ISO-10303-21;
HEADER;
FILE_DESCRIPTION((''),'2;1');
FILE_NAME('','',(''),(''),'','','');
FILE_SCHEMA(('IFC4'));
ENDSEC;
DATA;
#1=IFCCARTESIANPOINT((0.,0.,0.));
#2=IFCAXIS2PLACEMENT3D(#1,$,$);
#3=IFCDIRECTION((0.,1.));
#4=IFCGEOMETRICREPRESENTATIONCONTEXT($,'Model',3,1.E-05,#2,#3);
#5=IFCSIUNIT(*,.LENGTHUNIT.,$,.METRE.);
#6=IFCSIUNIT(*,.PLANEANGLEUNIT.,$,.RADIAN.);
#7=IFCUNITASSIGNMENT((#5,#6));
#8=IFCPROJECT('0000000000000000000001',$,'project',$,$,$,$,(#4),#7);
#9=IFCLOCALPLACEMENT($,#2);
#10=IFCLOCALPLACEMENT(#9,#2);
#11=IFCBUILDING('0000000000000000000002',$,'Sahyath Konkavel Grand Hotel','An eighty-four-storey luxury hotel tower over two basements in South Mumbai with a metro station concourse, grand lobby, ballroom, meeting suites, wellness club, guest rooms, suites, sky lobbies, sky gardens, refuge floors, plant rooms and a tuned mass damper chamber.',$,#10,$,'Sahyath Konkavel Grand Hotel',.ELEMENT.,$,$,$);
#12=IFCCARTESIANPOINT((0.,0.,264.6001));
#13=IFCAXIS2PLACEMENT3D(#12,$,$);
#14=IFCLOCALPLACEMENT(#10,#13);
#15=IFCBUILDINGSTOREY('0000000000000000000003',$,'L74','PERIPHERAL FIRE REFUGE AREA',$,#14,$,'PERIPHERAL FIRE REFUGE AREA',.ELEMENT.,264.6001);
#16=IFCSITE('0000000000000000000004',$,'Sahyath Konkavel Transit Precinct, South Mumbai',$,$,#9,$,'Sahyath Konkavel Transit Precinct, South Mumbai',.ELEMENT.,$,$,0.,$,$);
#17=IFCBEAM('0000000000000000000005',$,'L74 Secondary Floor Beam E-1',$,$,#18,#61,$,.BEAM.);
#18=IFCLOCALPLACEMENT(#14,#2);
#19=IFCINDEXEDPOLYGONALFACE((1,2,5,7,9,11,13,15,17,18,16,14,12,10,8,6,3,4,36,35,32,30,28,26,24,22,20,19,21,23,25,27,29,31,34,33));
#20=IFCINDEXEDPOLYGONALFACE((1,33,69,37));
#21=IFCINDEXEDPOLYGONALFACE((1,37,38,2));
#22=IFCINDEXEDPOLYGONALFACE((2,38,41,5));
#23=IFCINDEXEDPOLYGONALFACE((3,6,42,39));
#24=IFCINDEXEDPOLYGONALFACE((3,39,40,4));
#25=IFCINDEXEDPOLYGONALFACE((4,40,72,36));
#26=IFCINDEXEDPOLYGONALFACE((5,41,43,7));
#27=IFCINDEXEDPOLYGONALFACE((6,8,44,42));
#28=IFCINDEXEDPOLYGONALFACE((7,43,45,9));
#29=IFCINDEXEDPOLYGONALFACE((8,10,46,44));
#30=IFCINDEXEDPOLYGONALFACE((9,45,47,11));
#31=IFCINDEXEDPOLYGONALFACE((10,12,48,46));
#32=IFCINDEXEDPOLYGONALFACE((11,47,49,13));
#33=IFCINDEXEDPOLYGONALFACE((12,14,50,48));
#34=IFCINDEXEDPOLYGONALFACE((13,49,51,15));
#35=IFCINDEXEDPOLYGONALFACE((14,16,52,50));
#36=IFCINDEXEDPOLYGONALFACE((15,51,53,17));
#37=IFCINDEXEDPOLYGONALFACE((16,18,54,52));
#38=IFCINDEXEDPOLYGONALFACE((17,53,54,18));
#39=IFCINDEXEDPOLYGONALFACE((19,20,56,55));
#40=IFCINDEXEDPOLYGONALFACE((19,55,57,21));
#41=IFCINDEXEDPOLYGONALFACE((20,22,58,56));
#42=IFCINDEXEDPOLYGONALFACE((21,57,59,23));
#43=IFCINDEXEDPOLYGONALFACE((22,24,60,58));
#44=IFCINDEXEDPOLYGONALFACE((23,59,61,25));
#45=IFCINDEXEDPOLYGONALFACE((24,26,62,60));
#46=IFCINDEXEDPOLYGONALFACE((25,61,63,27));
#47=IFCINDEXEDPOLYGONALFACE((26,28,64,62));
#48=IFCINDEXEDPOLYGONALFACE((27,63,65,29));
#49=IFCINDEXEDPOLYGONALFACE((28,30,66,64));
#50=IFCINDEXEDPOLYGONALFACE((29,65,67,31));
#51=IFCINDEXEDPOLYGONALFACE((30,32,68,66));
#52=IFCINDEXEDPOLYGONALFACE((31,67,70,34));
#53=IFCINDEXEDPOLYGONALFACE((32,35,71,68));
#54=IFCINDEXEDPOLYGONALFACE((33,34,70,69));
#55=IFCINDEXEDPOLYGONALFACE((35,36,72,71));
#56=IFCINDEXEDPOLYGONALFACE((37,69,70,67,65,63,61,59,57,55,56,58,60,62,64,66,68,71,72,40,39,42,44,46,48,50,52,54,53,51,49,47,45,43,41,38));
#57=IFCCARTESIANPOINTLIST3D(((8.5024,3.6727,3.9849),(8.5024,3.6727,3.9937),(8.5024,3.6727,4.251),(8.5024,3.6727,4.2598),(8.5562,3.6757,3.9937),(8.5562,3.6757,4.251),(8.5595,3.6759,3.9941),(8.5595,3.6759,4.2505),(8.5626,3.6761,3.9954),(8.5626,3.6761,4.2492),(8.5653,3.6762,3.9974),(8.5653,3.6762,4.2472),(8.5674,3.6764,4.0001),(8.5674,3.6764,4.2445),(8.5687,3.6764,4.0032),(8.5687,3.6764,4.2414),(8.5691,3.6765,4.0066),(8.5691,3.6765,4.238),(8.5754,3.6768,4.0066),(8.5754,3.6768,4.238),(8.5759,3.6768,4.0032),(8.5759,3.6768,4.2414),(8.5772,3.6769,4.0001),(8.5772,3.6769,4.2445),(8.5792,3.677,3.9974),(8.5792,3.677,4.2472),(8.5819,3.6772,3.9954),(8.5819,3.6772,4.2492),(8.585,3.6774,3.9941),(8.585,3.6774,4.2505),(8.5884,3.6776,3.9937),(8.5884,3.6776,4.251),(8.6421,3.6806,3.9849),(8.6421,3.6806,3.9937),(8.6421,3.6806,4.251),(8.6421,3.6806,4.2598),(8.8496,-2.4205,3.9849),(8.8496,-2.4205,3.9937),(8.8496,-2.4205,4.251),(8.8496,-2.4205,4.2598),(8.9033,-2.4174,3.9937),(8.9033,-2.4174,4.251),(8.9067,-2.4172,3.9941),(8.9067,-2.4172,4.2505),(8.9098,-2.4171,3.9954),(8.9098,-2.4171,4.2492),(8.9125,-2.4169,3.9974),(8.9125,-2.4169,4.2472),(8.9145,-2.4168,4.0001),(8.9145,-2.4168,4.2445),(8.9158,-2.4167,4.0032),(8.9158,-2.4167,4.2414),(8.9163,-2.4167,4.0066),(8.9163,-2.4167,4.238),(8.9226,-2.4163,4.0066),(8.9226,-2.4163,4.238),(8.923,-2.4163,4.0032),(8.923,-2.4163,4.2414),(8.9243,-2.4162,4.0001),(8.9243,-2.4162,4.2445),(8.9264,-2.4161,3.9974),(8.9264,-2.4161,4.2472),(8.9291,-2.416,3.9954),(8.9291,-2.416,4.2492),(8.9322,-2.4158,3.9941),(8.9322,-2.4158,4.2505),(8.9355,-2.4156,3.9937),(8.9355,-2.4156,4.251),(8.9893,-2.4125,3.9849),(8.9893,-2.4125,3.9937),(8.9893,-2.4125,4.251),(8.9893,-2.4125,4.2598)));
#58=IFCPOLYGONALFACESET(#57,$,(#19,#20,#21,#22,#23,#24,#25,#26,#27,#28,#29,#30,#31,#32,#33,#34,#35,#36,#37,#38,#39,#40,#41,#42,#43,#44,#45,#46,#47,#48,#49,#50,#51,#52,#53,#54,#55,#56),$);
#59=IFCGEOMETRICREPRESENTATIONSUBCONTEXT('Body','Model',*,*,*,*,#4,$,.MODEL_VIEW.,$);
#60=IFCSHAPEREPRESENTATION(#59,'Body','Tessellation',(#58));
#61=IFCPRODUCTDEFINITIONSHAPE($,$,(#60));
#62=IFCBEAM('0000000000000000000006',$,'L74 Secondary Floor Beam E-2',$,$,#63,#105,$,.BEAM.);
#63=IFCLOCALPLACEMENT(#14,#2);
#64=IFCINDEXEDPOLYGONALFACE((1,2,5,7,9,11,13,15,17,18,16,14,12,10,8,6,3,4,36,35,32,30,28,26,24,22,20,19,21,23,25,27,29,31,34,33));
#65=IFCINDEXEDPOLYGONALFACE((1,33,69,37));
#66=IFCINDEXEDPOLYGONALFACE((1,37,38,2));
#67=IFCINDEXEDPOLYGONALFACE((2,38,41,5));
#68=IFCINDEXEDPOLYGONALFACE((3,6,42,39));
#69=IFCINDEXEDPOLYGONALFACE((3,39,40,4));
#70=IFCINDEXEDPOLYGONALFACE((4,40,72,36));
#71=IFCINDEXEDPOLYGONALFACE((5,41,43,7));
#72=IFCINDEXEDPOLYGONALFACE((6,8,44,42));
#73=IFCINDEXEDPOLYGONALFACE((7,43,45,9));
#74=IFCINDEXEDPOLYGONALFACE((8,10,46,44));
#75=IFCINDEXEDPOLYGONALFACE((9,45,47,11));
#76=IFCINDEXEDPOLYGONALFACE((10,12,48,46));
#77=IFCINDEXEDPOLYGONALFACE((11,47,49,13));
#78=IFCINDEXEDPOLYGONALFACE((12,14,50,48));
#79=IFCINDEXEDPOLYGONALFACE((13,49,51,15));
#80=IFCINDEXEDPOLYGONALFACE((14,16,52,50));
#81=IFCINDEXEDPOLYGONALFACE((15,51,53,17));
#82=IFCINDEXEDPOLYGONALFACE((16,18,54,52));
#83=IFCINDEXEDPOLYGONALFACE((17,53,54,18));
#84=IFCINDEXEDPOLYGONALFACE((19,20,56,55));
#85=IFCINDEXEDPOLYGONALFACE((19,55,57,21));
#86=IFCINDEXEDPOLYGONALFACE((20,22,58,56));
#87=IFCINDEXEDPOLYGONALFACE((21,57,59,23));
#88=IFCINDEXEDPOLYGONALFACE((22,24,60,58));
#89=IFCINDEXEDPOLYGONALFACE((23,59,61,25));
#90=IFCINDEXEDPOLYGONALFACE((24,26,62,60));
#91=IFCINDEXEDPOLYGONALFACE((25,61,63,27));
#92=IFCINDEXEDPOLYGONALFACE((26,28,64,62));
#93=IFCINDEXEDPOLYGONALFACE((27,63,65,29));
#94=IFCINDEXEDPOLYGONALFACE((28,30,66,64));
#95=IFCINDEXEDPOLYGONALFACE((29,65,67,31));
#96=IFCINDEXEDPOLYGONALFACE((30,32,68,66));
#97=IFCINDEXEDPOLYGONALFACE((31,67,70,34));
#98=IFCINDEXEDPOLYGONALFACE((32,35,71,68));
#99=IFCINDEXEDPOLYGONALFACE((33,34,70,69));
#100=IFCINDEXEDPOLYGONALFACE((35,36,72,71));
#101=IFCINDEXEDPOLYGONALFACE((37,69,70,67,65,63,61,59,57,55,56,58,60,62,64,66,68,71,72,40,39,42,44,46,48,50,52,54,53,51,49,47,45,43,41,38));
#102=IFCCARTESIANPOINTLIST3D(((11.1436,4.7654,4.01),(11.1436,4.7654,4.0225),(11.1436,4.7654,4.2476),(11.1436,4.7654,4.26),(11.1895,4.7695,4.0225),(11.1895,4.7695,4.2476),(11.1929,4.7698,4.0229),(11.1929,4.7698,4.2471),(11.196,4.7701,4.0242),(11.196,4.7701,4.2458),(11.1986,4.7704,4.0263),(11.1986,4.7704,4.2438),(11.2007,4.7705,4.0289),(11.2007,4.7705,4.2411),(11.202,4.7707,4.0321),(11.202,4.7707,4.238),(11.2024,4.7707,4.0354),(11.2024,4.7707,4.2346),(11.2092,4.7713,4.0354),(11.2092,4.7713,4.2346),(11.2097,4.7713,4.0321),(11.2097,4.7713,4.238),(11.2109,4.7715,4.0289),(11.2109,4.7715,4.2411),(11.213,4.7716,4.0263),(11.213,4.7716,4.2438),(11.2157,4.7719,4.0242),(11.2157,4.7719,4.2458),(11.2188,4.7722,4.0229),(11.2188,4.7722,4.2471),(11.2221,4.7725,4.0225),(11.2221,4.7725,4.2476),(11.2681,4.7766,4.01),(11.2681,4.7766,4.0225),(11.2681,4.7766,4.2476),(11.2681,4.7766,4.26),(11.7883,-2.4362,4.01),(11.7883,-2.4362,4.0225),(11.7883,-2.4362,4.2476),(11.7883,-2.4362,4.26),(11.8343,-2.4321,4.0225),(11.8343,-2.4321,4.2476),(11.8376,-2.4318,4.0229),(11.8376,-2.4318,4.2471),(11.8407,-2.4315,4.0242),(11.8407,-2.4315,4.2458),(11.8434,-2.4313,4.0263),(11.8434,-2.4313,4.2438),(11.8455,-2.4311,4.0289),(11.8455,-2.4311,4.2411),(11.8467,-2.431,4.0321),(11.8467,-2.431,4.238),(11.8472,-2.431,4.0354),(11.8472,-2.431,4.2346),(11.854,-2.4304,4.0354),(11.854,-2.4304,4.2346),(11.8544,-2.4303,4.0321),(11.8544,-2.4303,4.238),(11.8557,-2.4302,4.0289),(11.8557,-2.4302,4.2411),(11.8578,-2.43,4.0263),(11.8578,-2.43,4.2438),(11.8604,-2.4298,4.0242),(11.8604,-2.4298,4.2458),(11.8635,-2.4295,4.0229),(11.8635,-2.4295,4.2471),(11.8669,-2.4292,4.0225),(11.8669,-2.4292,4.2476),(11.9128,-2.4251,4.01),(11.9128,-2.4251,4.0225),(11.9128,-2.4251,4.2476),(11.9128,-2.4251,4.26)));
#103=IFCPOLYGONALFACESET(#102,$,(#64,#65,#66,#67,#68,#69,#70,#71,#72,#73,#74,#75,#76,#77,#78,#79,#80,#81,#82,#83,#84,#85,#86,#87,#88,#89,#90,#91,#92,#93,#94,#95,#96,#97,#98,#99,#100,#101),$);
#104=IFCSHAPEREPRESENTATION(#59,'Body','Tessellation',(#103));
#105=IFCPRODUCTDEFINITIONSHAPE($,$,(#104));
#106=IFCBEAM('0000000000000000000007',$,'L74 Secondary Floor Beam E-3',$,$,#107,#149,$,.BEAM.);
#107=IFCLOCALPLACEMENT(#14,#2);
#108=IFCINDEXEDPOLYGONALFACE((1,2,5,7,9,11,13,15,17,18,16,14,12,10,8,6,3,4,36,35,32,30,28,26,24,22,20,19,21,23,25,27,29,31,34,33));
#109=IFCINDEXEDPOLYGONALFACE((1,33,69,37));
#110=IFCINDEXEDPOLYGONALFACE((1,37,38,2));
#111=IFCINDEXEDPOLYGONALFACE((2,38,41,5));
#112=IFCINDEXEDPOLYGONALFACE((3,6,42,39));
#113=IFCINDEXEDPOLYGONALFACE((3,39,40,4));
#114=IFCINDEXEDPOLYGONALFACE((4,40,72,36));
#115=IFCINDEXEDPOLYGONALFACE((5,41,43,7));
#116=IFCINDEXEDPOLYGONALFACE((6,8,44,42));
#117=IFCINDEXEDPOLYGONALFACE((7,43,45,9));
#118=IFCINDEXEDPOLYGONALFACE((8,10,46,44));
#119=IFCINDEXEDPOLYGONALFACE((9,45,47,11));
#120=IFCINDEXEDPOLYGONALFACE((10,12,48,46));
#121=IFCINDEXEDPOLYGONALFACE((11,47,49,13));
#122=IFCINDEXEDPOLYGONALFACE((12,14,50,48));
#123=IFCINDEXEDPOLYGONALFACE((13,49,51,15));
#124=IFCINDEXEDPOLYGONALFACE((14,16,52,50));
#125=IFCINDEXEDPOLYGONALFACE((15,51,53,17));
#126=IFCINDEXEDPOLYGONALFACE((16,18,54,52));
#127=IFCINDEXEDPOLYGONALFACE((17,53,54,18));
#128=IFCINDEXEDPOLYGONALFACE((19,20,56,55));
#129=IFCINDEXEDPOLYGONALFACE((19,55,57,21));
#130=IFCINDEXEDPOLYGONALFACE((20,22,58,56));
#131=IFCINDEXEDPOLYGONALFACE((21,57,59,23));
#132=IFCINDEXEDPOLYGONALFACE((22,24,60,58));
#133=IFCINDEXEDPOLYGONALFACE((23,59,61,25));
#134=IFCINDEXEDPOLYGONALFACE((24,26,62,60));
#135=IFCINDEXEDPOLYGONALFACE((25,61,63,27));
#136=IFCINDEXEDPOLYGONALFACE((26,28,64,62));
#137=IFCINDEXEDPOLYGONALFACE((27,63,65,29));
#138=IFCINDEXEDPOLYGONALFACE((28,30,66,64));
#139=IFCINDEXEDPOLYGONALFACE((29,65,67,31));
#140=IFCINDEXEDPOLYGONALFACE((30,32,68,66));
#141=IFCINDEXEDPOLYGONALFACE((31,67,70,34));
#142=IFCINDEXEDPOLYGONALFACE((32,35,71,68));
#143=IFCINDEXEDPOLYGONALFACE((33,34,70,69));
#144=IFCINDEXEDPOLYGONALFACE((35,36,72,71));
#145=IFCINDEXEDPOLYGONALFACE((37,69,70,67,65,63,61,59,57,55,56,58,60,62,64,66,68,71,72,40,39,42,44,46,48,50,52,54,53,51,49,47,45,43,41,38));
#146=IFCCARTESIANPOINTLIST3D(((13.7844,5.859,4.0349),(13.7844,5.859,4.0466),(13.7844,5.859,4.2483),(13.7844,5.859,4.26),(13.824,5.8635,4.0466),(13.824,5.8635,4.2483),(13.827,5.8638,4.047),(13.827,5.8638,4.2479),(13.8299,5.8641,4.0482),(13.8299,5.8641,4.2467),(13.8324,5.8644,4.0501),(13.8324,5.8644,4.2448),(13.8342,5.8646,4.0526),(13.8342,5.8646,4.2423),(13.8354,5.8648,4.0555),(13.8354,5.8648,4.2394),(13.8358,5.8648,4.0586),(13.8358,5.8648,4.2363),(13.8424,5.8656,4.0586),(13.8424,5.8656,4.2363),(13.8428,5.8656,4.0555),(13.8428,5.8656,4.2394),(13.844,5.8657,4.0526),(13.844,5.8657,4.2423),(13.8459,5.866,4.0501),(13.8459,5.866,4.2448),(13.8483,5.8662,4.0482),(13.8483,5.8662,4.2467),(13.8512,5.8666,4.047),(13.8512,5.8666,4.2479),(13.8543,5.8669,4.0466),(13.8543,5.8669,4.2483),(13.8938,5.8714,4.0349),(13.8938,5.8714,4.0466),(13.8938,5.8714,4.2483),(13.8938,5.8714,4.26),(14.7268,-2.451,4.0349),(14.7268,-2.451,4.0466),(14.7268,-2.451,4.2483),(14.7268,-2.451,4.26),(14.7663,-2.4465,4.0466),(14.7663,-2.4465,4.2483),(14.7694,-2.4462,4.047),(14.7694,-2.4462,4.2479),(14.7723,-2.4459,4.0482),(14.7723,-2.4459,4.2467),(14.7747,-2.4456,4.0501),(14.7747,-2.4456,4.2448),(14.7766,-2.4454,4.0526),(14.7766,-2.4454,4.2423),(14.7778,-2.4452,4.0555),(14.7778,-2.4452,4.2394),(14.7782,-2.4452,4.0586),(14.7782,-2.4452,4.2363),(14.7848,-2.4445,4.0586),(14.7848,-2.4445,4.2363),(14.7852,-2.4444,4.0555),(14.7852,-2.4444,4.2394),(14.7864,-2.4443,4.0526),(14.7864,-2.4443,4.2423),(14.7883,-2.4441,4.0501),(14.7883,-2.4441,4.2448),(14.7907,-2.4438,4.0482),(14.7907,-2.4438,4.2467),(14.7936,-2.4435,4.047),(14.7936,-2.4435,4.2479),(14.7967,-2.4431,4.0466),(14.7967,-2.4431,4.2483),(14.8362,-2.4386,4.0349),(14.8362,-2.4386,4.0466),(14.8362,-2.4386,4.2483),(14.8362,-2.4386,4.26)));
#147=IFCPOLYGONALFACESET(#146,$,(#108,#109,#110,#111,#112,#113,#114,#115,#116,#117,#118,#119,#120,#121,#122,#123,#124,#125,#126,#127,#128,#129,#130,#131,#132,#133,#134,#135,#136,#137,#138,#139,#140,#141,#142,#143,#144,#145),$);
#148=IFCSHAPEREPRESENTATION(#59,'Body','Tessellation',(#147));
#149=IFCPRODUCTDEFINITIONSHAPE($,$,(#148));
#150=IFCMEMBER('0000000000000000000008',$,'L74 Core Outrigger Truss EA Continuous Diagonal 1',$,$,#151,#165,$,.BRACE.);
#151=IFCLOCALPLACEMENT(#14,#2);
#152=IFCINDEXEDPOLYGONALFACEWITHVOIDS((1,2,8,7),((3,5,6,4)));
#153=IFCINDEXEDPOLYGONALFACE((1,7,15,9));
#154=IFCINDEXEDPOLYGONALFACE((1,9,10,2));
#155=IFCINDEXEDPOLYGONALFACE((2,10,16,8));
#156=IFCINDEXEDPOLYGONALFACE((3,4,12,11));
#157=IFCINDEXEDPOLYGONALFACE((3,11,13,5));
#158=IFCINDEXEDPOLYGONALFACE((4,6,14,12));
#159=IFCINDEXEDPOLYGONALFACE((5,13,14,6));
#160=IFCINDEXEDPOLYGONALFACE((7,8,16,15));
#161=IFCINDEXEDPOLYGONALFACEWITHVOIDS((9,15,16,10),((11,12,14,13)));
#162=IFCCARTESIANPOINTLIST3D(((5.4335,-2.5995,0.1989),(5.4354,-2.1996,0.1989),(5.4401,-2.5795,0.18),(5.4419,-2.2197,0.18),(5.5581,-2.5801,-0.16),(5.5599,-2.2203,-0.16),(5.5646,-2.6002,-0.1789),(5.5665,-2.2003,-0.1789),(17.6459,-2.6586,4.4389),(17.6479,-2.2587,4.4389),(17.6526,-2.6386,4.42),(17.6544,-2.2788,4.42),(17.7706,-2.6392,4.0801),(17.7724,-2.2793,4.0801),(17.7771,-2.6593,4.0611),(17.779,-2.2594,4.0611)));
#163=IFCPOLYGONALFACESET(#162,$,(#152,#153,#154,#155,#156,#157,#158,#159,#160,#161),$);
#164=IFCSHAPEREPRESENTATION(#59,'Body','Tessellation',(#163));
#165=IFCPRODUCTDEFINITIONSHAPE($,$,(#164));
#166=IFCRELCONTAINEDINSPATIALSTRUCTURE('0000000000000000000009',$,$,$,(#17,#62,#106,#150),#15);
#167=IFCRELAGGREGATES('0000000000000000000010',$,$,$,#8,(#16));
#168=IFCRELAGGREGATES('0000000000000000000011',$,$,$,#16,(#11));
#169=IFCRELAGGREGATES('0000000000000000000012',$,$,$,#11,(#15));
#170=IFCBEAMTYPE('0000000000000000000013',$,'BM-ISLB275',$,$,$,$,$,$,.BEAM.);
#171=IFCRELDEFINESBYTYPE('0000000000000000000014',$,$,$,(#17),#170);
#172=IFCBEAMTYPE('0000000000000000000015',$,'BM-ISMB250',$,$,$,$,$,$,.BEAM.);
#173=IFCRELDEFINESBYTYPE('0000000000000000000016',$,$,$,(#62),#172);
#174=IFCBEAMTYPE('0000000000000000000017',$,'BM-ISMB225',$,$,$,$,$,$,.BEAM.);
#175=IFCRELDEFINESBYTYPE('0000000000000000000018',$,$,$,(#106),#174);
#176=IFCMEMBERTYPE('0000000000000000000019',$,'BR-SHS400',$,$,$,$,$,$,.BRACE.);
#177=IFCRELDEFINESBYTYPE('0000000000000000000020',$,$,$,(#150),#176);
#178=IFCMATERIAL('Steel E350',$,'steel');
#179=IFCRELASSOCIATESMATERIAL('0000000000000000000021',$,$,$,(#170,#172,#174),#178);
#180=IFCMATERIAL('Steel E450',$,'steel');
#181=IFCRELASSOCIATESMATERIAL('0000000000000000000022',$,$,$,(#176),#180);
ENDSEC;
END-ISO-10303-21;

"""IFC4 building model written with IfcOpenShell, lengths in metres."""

from ifc_helpers import new_model, si_unit, direction, frame, origin, origin_2d, place, context, subcontext, project, spatial, hollow_rectangle, i_section, extrude, source, transform, mapped, material, material_profile, profile_set, type_object, element, save


model = new_model("IFC4")

# Units and contexts
model_context = context("Model", 3, precision=1e-05, world=origin(), true_north=direction((0.0, 1.0)))
body_context = subcontext(model_context, "Body", "Model", "MODEL_VIEW")
ifc_project = project(units=[si_unit("LENGTHUNIT", "METRE"), si_unit("PLANEANGLEUNIT", "RADIAN")], contexts=[model_context])

# Site, building, storey
site_placement = place(None, origin())
site = spatial("IfcSite", under=ifc_project, at=site_placement, Name="Sahyath Konkavel Transit Precinct, South Mumbai", LongName="Sahyath Konkavel Transit Precinct, South Mumbai", CompositionType="ELEMENT", RefElevation=0.0)
building_placement = place(site_placement, origin())
building = spatial("IfcBuilding", under=site, at=building_placement, Name="Sahyath Konkavel Grand Hotel", Description="An eighty-four-storey luxury hotel tower over two basements in South Mumbai with a metro station concourse, grand lobby, ballroom, meeting suites, wellness club, guest rooms, suites, sky lobbies, sky gardens, refuge floors, plant rooms and a tuned mass damper chamber.", LongName="Sahyath Konkavel Grand Hotel", CompositionType="ELEMENT")
storey_placement = place(building_placement, frame((0.0, 0.0, 264.6001)))
storey = spatial("IfcBuildingStorey", under=building, at=storey_placement, Name="L74", Description="PERIPHERAL FIRE REFUGE AREA", LongName="PERIPHERAL FIRE REFUGE AREA", CompositionType="ELEMENT", Elevation=264.6001)

# Beams
ifc_material_1 = material(Name="Steel E350", Category="steel")
ifc_material_profile_1 = material_profile(ifc_material_1, i_section(OverallWidth=0.1399, OverallDepth=0.2749, WebThickness=0.0063, FlangeThickness=0.0088, FilletRadius=0.0129, at=origin_2d()), Name="ISLB 275")
ifc_profile_set_1 = profile_set([ifc_material_profile_1], Name="Steel E350")
beam_type_1 = type_object("IfcBeamType", Name="BM-ISLB275", PredefinedType="BEAM", material=ifc_profile_set_1)
shared_shape_1 = source(origin(), body_context, "Body", "SweptSolid", [
    extrude(i_section(OverallWidth=0.1399, OverallDepth=0.2749, WebThickness=0.0063, FlangeThickness=0.0088, FilletRadius=0.0129, at=origin_2d()), origin(), (0.0, 0.0, 1.0), 6.103),
])
beam_1_placement = place(storey_placement, frame((8.9194, -2.4165, 4.1223), z_axis=(-0.056883, 0.998381, 0.0), x_axis=(-0.998381, -0.056883, 0.0)))
element("IfcBeam", 1, at=beam_1_placement, inside=storey, type_object=beam_type_1, Name="L74 Secondary Floor Beam E-1", PredefinedType="BEAM", context=body_context, shape_type="MappedRepresentation", body=[
    mapped(shared_shape_1, transform((0.0, 0.0, 0.0), scale=1.0)),
])
ifc_material_profile_2 = material_profile(ifc_material_1, i_section(OverallWidth=0.125, OverallDepth=0.25, WebThickness=0.0068, FlangeThickness=0.0125, FilletRadius=0.0129, at=origin_2d()), Name="ISMB 250")
ifc_profile_set_2 = profile_set([ifc_material_profile_2], Name="Steel E350")
beam_type_2 = type_object("IfcBeamType", Name="BM-ISMB250", PredefinedType="BEAM", material=ifc_profile_set_2)
shared_shape_2 = source(origin(), body_context, "Body", "SweptSolid", [
    extrude(i_section(OverallWidth=0.125, OverallDepth=0.25, WebThickness=0.0068, FlangeThickness=0.0125, FilletRadius=0.0129, at=origin_2d()), origin(), (0.0, 0.0, 1.0), 7.2305),
])
beam_2_placement = place(storey_placement, frame((11.8506, -2.4307, 4.135), z_axis=(-0.089175, 0.996016, 0.0), x_axis=(-0.996016, -0.089175, 0.0)))
element("IfcBeam", 2, at=beam_2_placement, inside=storey, type_object=beam_type_2, Name="L74 Secondary Floor Beam E-2", PredefinedType="BEAM", context=body_context, shape_type="MappedRepresentation", body=[
    mapped(shared_shape_2, transform((0.0, 0.0, 0.0), scale=1.0)),
])
ifc_material_profile_3 = material_profile(ifc_material_1, i_section(OverallWidth=0.1101, OverallDepth=0.2251, WebThickness=0.0066, FlangeThickness=0.0117, FilletRadius=0.012, at=origin_2d()), Name="ISMB 225")
ifc_profile_set_3 = profile_set([ifc_material_profile_3], Name="Steel E350")
beam_type_3 = type_object("IfcBeamType", Name="BM-ISMB225", PredefinedType="BEAM", material=ifc_profile_set_3)
shared_shape_3 = source(origin(), body_context, "Body", "SweptSolid", [
    extrude(i_section(OverallWidth=0.1101, OverallDepth=0.2251, WebThickness=0.0066, FlangeThickness=0.0117, FilletRadius=0.012, at=origin_2d()), origin(), (0.0, 0.0, 1.0), 8.3633),
])
beam_3_placement = place(storey_placement, frame((14.7815, -2.4448, 4.1475), z_axis=(-0.11268, 0.993631, 0.0), x_axis=(-0.993631, -0.11268, 0.0)))
element("IfcBeam", 3, at=beam_3_placement, inside=storey, type_object=beam_type_3, Name="L74 Secondary Floor Beam E-3", PredefinedType="BEAM", context=body_context, shape_type="MappedRepresentation", body=[
    mapped(shared_shape_3, transform((0.0, 0.0, 0.0), scale=1.0)),
])

# Member
ifc_material_2 = material(Name="Steel E450", Category="steel")
ifc_material_profile_4 = material_profile(ifc_material_2, hollow_rectangle(XDim=0.3999, YDim=0.3999, WallThickness=0.02, at=origin_2d()), Name="SHS 400x400x20")
ifc_profile_set_4 = profile_set([ifc_material_profile_4], Name="Steel E450")
member_type_1 = type_object("IfcMemberType", Name="BR-SHS400", PredefinedType="BRACE", material=ifc_profile_set_4)
shared_shape_4 = source(origin(), body_context, "Body", "SweptSolid", [
    extrude(hollow_rectangle(XDim=0.3999, YDim=0.3999, WallThickness=0.02, at=origin_2d()), origin(), (0.0, 0.0, 1.0), 12.9277),
])
member_1_placement = place(storey_placement, frame((5.5, -2.3999, 0.01), z_axis=(0.944674, -0.00457, 0.327979), x_axis=(0.004838, 0.999988, 0.0)))
element("IfcMember", 4, at=member_1_placement, inside=storey, type_object=member_type_1, Name="L74 Core Outrigger Truss EA Continuous Diagonal 1", PredefinedType="BRACE", context=body_context, shape_type="MappedRepresentation", body=[
    mapped(shared_shape_4, transform((0.0, 0.0, 0.0), scale=1.0)),
])

save(model, "model.ifc")
